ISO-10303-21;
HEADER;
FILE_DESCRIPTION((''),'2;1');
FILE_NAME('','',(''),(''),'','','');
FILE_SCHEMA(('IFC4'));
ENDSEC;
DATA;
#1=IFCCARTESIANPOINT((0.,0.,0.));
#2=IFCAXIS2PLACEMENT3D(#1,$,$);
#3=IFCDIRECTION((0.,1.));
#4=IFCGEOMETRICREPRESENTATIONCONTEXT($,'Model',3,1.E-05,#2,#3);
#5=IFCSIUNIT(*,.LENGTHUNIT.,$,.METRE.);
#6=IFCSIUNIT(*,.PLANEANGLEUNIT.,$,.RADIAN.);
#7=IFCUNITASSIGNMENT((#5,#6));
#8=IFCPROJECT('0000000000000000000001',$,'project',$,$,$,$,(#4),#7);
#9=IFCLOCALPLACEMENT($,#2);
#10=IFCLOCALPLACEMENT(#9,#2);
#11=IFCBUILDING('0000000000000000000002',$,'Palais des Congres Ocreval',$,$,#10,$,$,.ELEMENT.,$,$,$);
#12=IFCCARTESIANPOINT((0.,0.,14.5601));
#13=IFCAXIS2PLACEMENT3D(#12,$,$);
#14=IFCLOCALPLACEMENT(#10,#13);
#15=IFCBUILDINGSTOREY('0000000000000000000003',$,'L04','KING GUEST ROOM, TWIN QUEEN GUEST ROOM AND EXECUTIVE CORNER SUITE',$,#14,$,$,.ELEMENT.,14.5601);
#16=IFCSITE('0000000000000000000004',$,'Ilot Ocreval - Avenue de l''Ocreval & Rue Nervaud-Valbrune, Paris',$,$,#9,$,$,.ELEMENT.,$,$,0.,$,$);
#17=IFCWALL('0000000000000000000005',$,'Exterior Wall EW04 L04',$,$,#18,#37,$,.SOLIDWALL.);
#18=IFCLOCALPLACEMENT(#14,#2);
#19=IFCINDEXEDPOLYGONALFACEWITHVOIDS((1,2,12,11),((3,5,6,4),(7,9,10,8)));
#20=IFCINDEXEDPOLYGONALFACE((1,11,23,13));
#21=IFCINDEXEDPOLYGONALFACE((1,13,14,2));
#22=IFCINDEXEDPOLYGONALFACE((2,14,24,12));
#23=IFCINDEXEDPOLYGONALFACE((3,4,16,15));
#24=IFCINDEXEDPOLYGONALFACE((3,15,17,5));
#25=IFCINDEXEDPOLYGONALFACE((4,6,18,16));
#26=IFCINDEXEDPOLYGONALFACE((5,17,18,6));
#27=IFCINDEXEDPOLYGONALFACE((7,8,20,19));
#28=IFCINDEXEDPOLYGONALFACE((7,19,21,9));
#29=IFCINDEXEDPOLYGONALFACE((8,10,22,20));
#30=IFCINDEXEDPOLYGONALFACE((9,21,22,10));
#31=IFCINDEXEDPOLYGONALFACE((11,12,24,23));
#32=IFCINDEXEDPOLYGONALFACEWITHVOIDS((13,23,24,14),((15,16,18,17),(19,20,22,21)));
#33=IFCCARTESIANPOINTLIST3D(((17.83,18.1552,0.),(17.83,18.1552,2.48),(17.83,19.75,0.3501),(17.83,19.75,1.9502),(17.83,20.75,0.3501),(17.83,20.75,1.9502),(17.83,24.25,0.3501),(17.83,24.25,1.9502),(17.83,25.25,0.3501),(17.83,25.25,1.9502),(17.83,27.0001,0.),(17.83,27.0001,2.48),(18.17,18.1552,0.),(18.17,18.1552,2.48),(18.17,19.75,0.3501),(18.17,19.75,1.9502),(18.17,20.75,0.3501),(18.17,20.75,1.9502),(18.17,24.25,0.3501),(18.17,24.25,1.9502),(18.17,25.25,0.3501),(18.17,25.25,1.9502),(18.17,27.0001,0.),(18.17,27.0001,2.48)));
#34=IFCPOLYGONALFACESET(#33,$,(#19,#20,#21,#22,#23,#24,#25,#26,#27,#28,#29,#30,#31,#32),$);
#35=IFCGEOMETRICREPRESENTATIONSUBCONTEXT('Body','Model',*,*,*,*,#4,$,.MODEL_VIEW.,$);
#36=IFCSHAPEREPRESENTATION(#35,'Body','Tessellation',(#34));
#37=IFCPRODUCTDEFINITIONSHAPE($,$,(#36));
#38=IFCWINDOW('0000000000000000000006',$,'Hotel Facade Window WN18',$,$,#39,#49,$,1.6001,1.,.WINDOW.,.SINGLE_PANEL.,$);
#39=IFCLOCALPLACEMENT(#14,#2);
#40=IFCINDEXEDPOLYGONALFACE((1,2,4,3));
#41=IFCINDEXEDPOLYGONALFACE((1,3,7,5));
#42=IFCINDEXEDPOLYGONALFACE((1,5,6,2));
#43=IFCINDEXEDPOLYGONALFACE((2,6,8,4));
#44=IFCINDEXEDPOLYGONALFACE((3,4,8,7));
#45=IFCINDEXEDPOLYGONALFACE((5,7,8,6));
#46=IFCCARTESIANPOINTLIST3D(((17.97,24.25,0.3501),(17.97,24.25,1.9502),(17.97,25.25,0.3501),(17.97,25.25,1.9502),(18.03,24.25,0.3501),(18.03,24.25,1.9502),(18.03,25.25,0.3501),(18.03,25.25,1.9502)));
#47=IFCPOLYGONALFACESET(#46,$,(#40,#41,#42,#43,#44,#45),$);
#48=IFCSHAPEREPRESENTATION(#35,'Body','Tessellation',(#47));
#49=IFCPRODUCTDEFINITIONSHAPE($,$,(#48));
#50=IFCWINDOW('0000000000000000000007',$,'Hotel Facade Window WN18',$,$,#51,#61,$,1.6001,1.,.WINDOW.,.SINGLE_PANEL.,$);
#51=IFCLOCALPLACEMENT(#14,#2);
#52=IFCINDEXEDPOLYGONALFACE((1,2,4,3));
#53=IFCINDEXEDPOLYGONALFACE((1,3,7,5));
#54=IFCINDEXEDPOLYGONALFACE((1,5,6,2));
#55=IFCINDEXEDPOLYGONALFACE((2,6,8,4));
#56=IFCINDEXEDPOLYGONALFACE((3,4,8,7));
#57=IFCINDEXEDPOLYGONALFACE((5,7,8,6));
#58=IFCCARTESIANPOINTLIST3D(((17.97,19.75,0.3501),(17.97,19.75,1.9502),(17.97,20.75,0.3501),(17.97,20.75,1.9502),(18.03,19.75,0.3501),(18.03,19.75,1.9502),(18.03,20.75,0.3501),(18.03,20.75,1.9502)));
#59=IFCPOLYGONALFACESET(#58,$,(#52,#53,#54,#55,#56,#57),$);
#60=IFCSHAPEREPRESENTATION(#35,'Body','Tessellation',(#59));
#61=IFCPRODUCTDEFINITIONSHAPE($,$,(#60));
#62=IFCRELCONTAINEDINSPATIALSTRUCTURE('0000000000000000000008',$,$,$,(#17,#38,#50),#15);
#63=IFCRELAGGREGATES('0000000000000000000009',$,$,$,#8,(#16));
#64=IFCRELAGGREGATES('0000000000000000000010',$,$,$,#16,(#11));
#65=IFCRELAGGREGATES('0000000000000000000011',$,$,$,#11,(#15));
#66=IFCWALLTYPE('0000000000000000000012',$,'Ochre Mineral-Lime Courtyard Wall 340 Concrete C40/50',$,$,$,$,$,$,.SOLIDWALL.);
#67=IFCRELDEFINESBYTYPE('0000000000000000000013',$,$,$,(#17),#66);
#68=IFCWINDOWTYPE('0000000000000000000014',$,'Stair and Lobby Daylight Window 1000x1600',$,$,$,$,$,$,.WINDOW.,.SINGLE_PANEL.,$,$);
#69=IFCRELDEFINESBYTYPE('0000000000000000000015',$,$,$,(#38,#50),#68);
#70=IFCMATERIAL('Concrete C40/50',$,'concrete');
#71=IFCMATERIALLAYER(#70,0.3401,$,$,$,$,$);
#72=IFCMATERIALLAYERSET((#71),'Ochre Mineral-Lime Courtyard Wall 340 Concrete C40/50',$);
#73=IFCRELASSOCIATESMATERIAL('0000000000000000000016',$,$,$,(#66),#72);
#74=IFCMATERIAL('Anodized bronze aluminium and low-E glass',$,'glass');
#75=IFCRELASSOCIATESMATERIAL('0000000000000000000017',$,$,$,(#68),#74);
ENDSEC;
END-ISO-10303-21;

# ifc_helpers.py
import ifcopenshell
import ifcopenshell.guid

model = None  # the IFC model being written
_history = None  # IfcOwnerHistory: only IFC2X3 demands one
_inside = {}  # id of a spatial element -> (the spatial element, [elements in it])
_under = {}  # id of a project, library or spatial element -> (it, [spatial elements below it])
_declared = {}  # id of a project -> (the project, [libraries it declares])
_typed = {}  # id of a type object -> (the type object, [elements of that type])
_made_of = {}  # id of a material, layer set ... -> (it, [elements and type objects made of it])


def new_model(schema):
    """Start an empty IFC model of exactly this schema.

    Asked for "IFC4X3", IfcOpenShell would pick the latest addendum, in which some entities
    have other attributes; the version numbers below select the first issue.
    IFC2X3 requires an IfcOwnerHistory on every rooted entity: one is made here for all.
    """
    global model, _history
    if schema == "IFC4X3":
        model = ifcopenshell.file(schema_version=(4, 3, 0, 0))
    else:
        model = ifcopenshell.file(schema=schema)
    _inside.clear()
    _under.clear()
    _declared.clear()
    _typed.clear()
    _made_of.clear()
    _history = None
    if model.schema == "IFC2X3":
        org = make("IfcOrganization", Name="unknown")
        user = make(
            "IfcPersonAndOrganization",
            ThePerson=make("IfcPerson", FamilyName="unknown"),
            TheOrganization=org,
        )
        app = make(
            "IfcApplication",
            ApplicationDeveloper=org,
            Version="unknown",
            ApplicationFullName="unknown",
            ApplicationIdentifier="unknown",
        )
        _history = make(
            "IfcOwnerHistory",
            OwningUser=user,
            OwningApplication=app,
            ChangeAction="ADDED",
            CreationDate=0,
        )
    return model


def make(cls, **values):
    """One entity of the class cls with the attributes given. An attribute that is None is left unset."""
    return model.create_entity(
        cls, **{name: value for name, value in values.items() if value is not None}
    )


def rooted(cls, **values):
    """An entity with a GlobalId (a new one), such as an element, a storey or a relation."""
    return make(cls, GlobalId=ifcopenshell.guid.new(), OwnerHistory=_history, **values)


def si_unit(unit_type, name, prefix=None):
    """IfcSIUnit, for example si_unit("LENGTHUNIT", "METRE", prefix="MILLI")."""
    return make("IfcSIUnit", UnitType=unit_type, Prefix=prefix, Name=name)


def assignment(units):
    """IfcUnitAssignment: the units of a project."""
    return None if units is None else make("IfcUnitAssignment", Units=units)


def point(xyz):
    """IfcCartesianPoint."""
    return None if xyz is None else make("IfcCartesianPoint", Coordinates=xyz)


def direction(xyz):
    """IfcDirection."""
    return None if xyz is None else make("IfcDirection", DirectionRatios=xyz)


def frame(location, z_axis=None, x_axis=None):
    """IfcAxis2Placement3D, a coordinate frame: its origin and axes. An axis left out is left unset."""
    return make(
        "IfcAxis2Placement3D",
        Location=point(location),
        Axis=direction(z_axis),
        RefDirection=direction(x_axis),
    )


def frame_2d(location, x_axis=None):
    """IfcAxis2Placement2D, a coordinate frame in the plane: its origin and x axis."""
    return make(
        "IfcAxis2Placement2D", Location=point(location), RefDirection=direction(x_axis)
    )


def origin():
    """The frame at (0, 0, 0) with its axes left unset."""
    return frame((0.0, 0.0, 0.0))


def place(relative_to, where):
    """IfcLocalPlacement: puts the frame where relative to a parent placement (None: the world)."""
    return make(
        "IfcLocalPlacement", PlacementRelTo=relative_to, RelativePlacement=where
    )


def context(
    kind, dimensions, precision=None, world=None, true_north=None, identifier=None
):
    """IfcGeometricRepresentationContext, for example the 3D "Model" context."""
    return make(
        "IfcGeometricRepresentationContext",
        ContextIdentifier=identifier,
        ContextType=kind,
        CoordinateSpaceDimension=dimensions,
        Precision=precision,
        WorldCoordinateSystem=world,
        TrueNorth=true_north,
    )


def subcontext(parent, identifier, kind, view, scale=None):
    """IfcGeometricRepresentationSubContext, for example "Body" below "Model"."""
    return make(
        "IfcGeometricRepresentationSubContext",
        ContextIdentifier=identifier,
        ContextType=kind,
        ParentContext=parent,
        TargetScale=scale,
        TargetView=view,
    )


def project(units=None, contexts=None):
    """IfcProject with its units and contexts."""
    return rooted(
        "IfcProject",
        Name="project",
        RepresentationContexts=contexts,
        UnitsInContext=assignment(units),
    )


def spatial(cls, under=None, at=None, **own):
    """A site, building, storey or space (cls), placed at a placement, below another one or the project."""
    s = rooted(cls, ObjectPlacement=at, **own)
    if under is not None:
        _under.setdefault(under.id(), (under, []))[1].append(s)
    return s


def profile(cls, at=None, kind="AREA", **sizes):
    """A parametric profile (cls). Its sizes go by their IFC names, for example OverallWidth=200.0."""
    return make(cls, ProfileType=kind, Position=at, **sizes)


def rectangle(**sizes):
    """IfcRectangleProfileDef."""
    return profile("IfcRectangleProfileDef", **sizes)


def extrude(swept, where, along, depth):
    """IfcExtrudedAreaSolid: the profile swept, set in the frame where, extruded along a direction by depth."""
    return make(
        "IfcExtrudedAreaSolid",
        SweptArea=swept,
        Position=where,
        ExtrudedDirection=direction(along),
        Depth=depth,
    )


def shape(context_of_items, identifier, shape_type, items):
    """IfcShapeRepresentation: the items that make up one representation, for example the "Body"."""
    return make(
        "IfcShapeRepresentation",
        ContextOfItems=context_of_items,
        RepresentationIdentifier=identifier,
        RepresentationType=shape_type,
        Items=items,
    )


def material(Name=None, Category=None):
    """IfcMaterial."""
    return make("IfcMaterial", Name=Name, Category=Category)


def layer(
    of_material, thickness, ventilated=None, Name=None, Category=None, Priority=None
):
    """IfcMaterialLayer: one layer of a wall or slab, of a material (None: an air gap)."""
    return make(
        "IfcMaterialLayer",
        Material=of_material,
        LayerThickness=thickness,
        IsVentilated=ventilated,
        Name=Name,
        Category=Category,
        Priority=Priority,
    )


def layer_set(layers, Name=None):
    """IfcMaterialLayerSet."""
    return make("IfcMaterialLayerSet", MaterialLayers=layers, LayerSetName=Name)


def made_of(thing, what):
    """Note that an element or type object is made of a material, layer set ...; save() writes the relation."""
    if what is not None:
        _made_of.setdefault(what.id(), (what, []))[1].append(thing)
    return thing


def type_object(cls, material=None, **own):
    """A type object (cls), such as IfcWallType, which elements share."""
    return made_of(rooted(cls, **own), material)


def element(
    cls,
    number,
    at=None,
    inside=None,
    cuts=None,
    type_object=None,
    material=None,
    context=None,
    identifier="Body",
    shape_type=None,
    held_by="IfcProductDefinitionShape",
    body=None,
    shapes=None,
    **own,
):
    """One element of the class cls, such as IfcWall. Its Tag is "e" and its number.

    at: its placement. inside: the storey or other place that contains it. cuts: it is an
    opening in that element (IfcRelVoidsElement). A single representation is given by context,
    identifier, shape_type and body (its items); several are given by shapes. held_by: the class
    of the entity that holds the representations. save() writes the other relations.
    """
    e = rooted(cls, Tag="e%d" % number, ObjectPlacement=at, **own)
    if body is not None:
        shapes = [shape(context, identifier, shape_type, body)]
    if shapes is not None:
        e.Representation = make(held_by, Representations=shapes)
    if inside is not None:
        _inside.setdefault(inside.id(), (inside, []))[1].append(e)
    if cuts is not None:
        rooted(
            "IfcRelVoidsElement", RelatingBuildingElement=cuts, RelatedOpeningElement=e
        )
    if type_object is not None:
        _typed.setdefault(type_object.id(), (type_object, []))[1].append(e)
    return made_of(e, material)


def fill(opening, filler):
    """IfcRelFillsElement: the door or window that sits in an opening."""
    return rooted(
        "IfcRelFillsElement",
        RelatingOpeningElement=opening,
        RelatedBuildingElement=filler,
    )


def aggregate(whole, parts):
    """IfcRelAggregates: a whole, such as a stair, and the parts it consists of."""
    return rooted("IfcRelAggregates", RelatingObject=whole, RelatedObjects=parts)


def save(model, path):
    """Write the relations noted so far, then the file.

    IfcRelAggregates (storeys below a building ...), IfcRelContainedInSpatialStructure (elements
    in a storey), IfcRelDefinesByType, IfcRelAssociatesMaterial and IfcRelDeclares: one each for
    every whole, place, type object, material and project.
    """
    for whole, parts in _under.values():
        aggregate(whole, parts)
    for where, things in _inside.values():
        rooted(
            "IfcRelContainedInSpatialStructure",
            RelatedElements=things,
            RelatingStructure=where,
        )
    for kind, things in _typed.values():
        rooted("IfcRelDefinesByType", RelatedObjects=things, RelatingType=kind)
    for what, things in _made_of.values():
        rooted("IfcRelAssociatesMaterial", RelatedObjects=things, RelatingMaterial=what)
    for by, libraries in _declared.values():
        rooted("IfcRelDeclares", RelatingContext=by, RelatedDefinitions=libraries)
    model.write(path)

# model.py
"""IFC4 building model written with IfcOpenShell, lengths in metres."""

from ifc_helpers import new_model, si_unit, direction, frame, frame_2d, origin, place, context, subcontext, project, spatial, rectangle, extrude, material, layer, layer_set, type_object, element, fill, save


model = new_model("IFC4")

# Units and contexts
model_context = context("Model", 3, precision=1e-05, world=origin(), true_north=direction((0.0, 1.0)))
body_context = subcontext(model_context, "Body", "Model", "MODEL_VIEW")
ifc_project = project(units=[si_unit("LENGTHUNIT", "METRE"), si_unit("PLANEANGLEUNIT", "RADIAN")], contexts=[model_context])

# Site, building, storey
site_placement = place(None, origin())
site = spatial("IfcSite", under=ifc_project, at=site_placement, Name="Ilot Ocreval - Avenue de l'Ocreval & Rue Nervaud-Valbrune, Paris", CompositionType="ELEMENT", RefElevation=0.0)
building_placement = place(site_placement, origin())
building = spatial("IfcBuilding", under=site, at=building_placement, Name="Palais des Congres Ocreval", CompositionType="ELEMENT")
storey_placement = place(building_placement, frame((0.0, 0.0, 14.5601)))
storey = spatial("IfcBuildingStorey", under=building, at=storey_placement, Name="L04", Description="KING GUEST ROOM, TWIN QUEEN GUEST ROOM AND EXECUTIVE CORNER SUITE", CompositionType="ELEMENT", Elevation=14.5601)

# Shared definitions
ifc_material_1 = material(Name="Anodized bronze aluminium and low-E glass", Category="glass")

# Shared definitions
ifc_material_2 = material(Name="Concrete C40/50", Category="concrete")
ifc_layer_1 = layer(ifc_material_2, 0.3401)
ifc_layer_set_1 = layer_set([ifc_layer_1], Name="Ochre Mineral-Lime Courtyard Wall 340 Concrete C40/50")
wall_type = type_object("IfcWallType", Name="Ochre Mineral-Lime Courtyard Wall 340 Concrete C40/50", PredefinedType="SOLIDWALL", material=ifc_layer_set_1)

# Wall, openings, windows
window_type = type_object("IfcWindowType", Name="Stair and Lobby Daylight Window 1000x1600", PartitioningType="SINGLE_PANEL", PredefinedType="WINDOW", material=ifc_material_1)
wall_1_placement = place(storey_placement, frame((18.0, 27.0, 0.0), z_axis=(0.0, 0.0, 1.0), x_axis=(0.0, -1.0, 0.0)))
wall_1 = element("IfcWall", 1, at=wall_1_placement, inside=storey, type_object=wall_type, Name="Exterior Wall EW04 L04", PredefinedType="SOLIDWALL", context=body_context, shape_type="SweptSolid", body=[
    extrude(rectangle(XDim=8.845, YDim=0.3401, at=frame_2d((4.4224, 0.0))), origin(), (0.0, 0.0, 1.0), 2.48),
])
opening_1_placement = place(wall_1_placement, frame((1.75, 0.0, 0.3501)))
opening_1 = element("IfcOpeningElement", 2, at=opening_1_placement, cuts=wall_1, PredefinedType="OPENING", context=body_context, shape_type="SweptSolid", body=[
    extrude(rectangle(XDim=1.0, YDim=1.6001, at=frame_2d((0.5, 0.8))), frame((0.0, 0.1799, 0.0), z_axis=(0.0, -1.0, 0.0), x_axis=(1.0, 0.0, 0.0)), (0.0, 0.0, 1.0), 0.3601),
])
opening_2_placement = place(wall_1_placement, frame((6.25, 0.0, 0.3501)))
opening_2 = element("IfcOpeningElement", 3, at=opening_2_placement, cuts=wall_1, PredefinedType="OPENING", context=body_context, shape_type="SweptSolid", body=[
    extrude(rectangle(XDim=1.0, YDim=1.6001, at=frame_2d((0.5, 0.8))), frame((0.0, 0.1799, 0.0), z_axis=(0.0, -1.0, 0.0), x_axis=(1.0, 0.0, 0.0)), (0.0, 0.0, 1.0), 0.3601),
])
window_1_placement = place(opening_1_placement, origin())
window_1 = element("IfcWindow", 4, at=window_1_placement, inside=storey, type_object=window_type, Name="Hotel Facade Window WN18", OverallHeight=1.6001, OverallWidth=1.0, PartitioningType="SINGLE_PANEL", PredefinedType="WINDOW", context=body_context, shape_type="SweptSolid", body=[
    extrude(rectangle(XDim=1.0, YDim=1.6001, at=frame_2d((0.5, 0.8))), frame((0.0, 0.03, 0.0), z_axis=(0.0, -1.0, 0.0), x_axis=(1.0, 0.0, 0.0)), (0.0, 0.0, 1.0), 0.0601),
])
fill(opening_1, window_1)
window_2_placement = place(opening_2_placement, origin())
window_2 = element("IfcWindow", 5, at=window_2_placement, inside=storey, type_object=window_type, Name="Hotel Facade Window WN18", OverallHeight=1.6001, OverallWidth=1.0, PartitioningType="SINGLE_PANEL", PredefinedType="WINDOW", context=body_context, shape_type="SweptSolid", body=[
    extrude(rectangle(XDim=1.0, YDim=1.6001, at=frame_2d((0.5, 0.8))), frame((0.0, 0.03, 0.0), z_axis=(0.0, -1.0, 0.0), x_axis=(1.0, 0.0, 0.0)), (0.0, 0.0, 1.0), 0.0601),
])
fill(opening_2, window_2)

save(model, "model.ifc")
